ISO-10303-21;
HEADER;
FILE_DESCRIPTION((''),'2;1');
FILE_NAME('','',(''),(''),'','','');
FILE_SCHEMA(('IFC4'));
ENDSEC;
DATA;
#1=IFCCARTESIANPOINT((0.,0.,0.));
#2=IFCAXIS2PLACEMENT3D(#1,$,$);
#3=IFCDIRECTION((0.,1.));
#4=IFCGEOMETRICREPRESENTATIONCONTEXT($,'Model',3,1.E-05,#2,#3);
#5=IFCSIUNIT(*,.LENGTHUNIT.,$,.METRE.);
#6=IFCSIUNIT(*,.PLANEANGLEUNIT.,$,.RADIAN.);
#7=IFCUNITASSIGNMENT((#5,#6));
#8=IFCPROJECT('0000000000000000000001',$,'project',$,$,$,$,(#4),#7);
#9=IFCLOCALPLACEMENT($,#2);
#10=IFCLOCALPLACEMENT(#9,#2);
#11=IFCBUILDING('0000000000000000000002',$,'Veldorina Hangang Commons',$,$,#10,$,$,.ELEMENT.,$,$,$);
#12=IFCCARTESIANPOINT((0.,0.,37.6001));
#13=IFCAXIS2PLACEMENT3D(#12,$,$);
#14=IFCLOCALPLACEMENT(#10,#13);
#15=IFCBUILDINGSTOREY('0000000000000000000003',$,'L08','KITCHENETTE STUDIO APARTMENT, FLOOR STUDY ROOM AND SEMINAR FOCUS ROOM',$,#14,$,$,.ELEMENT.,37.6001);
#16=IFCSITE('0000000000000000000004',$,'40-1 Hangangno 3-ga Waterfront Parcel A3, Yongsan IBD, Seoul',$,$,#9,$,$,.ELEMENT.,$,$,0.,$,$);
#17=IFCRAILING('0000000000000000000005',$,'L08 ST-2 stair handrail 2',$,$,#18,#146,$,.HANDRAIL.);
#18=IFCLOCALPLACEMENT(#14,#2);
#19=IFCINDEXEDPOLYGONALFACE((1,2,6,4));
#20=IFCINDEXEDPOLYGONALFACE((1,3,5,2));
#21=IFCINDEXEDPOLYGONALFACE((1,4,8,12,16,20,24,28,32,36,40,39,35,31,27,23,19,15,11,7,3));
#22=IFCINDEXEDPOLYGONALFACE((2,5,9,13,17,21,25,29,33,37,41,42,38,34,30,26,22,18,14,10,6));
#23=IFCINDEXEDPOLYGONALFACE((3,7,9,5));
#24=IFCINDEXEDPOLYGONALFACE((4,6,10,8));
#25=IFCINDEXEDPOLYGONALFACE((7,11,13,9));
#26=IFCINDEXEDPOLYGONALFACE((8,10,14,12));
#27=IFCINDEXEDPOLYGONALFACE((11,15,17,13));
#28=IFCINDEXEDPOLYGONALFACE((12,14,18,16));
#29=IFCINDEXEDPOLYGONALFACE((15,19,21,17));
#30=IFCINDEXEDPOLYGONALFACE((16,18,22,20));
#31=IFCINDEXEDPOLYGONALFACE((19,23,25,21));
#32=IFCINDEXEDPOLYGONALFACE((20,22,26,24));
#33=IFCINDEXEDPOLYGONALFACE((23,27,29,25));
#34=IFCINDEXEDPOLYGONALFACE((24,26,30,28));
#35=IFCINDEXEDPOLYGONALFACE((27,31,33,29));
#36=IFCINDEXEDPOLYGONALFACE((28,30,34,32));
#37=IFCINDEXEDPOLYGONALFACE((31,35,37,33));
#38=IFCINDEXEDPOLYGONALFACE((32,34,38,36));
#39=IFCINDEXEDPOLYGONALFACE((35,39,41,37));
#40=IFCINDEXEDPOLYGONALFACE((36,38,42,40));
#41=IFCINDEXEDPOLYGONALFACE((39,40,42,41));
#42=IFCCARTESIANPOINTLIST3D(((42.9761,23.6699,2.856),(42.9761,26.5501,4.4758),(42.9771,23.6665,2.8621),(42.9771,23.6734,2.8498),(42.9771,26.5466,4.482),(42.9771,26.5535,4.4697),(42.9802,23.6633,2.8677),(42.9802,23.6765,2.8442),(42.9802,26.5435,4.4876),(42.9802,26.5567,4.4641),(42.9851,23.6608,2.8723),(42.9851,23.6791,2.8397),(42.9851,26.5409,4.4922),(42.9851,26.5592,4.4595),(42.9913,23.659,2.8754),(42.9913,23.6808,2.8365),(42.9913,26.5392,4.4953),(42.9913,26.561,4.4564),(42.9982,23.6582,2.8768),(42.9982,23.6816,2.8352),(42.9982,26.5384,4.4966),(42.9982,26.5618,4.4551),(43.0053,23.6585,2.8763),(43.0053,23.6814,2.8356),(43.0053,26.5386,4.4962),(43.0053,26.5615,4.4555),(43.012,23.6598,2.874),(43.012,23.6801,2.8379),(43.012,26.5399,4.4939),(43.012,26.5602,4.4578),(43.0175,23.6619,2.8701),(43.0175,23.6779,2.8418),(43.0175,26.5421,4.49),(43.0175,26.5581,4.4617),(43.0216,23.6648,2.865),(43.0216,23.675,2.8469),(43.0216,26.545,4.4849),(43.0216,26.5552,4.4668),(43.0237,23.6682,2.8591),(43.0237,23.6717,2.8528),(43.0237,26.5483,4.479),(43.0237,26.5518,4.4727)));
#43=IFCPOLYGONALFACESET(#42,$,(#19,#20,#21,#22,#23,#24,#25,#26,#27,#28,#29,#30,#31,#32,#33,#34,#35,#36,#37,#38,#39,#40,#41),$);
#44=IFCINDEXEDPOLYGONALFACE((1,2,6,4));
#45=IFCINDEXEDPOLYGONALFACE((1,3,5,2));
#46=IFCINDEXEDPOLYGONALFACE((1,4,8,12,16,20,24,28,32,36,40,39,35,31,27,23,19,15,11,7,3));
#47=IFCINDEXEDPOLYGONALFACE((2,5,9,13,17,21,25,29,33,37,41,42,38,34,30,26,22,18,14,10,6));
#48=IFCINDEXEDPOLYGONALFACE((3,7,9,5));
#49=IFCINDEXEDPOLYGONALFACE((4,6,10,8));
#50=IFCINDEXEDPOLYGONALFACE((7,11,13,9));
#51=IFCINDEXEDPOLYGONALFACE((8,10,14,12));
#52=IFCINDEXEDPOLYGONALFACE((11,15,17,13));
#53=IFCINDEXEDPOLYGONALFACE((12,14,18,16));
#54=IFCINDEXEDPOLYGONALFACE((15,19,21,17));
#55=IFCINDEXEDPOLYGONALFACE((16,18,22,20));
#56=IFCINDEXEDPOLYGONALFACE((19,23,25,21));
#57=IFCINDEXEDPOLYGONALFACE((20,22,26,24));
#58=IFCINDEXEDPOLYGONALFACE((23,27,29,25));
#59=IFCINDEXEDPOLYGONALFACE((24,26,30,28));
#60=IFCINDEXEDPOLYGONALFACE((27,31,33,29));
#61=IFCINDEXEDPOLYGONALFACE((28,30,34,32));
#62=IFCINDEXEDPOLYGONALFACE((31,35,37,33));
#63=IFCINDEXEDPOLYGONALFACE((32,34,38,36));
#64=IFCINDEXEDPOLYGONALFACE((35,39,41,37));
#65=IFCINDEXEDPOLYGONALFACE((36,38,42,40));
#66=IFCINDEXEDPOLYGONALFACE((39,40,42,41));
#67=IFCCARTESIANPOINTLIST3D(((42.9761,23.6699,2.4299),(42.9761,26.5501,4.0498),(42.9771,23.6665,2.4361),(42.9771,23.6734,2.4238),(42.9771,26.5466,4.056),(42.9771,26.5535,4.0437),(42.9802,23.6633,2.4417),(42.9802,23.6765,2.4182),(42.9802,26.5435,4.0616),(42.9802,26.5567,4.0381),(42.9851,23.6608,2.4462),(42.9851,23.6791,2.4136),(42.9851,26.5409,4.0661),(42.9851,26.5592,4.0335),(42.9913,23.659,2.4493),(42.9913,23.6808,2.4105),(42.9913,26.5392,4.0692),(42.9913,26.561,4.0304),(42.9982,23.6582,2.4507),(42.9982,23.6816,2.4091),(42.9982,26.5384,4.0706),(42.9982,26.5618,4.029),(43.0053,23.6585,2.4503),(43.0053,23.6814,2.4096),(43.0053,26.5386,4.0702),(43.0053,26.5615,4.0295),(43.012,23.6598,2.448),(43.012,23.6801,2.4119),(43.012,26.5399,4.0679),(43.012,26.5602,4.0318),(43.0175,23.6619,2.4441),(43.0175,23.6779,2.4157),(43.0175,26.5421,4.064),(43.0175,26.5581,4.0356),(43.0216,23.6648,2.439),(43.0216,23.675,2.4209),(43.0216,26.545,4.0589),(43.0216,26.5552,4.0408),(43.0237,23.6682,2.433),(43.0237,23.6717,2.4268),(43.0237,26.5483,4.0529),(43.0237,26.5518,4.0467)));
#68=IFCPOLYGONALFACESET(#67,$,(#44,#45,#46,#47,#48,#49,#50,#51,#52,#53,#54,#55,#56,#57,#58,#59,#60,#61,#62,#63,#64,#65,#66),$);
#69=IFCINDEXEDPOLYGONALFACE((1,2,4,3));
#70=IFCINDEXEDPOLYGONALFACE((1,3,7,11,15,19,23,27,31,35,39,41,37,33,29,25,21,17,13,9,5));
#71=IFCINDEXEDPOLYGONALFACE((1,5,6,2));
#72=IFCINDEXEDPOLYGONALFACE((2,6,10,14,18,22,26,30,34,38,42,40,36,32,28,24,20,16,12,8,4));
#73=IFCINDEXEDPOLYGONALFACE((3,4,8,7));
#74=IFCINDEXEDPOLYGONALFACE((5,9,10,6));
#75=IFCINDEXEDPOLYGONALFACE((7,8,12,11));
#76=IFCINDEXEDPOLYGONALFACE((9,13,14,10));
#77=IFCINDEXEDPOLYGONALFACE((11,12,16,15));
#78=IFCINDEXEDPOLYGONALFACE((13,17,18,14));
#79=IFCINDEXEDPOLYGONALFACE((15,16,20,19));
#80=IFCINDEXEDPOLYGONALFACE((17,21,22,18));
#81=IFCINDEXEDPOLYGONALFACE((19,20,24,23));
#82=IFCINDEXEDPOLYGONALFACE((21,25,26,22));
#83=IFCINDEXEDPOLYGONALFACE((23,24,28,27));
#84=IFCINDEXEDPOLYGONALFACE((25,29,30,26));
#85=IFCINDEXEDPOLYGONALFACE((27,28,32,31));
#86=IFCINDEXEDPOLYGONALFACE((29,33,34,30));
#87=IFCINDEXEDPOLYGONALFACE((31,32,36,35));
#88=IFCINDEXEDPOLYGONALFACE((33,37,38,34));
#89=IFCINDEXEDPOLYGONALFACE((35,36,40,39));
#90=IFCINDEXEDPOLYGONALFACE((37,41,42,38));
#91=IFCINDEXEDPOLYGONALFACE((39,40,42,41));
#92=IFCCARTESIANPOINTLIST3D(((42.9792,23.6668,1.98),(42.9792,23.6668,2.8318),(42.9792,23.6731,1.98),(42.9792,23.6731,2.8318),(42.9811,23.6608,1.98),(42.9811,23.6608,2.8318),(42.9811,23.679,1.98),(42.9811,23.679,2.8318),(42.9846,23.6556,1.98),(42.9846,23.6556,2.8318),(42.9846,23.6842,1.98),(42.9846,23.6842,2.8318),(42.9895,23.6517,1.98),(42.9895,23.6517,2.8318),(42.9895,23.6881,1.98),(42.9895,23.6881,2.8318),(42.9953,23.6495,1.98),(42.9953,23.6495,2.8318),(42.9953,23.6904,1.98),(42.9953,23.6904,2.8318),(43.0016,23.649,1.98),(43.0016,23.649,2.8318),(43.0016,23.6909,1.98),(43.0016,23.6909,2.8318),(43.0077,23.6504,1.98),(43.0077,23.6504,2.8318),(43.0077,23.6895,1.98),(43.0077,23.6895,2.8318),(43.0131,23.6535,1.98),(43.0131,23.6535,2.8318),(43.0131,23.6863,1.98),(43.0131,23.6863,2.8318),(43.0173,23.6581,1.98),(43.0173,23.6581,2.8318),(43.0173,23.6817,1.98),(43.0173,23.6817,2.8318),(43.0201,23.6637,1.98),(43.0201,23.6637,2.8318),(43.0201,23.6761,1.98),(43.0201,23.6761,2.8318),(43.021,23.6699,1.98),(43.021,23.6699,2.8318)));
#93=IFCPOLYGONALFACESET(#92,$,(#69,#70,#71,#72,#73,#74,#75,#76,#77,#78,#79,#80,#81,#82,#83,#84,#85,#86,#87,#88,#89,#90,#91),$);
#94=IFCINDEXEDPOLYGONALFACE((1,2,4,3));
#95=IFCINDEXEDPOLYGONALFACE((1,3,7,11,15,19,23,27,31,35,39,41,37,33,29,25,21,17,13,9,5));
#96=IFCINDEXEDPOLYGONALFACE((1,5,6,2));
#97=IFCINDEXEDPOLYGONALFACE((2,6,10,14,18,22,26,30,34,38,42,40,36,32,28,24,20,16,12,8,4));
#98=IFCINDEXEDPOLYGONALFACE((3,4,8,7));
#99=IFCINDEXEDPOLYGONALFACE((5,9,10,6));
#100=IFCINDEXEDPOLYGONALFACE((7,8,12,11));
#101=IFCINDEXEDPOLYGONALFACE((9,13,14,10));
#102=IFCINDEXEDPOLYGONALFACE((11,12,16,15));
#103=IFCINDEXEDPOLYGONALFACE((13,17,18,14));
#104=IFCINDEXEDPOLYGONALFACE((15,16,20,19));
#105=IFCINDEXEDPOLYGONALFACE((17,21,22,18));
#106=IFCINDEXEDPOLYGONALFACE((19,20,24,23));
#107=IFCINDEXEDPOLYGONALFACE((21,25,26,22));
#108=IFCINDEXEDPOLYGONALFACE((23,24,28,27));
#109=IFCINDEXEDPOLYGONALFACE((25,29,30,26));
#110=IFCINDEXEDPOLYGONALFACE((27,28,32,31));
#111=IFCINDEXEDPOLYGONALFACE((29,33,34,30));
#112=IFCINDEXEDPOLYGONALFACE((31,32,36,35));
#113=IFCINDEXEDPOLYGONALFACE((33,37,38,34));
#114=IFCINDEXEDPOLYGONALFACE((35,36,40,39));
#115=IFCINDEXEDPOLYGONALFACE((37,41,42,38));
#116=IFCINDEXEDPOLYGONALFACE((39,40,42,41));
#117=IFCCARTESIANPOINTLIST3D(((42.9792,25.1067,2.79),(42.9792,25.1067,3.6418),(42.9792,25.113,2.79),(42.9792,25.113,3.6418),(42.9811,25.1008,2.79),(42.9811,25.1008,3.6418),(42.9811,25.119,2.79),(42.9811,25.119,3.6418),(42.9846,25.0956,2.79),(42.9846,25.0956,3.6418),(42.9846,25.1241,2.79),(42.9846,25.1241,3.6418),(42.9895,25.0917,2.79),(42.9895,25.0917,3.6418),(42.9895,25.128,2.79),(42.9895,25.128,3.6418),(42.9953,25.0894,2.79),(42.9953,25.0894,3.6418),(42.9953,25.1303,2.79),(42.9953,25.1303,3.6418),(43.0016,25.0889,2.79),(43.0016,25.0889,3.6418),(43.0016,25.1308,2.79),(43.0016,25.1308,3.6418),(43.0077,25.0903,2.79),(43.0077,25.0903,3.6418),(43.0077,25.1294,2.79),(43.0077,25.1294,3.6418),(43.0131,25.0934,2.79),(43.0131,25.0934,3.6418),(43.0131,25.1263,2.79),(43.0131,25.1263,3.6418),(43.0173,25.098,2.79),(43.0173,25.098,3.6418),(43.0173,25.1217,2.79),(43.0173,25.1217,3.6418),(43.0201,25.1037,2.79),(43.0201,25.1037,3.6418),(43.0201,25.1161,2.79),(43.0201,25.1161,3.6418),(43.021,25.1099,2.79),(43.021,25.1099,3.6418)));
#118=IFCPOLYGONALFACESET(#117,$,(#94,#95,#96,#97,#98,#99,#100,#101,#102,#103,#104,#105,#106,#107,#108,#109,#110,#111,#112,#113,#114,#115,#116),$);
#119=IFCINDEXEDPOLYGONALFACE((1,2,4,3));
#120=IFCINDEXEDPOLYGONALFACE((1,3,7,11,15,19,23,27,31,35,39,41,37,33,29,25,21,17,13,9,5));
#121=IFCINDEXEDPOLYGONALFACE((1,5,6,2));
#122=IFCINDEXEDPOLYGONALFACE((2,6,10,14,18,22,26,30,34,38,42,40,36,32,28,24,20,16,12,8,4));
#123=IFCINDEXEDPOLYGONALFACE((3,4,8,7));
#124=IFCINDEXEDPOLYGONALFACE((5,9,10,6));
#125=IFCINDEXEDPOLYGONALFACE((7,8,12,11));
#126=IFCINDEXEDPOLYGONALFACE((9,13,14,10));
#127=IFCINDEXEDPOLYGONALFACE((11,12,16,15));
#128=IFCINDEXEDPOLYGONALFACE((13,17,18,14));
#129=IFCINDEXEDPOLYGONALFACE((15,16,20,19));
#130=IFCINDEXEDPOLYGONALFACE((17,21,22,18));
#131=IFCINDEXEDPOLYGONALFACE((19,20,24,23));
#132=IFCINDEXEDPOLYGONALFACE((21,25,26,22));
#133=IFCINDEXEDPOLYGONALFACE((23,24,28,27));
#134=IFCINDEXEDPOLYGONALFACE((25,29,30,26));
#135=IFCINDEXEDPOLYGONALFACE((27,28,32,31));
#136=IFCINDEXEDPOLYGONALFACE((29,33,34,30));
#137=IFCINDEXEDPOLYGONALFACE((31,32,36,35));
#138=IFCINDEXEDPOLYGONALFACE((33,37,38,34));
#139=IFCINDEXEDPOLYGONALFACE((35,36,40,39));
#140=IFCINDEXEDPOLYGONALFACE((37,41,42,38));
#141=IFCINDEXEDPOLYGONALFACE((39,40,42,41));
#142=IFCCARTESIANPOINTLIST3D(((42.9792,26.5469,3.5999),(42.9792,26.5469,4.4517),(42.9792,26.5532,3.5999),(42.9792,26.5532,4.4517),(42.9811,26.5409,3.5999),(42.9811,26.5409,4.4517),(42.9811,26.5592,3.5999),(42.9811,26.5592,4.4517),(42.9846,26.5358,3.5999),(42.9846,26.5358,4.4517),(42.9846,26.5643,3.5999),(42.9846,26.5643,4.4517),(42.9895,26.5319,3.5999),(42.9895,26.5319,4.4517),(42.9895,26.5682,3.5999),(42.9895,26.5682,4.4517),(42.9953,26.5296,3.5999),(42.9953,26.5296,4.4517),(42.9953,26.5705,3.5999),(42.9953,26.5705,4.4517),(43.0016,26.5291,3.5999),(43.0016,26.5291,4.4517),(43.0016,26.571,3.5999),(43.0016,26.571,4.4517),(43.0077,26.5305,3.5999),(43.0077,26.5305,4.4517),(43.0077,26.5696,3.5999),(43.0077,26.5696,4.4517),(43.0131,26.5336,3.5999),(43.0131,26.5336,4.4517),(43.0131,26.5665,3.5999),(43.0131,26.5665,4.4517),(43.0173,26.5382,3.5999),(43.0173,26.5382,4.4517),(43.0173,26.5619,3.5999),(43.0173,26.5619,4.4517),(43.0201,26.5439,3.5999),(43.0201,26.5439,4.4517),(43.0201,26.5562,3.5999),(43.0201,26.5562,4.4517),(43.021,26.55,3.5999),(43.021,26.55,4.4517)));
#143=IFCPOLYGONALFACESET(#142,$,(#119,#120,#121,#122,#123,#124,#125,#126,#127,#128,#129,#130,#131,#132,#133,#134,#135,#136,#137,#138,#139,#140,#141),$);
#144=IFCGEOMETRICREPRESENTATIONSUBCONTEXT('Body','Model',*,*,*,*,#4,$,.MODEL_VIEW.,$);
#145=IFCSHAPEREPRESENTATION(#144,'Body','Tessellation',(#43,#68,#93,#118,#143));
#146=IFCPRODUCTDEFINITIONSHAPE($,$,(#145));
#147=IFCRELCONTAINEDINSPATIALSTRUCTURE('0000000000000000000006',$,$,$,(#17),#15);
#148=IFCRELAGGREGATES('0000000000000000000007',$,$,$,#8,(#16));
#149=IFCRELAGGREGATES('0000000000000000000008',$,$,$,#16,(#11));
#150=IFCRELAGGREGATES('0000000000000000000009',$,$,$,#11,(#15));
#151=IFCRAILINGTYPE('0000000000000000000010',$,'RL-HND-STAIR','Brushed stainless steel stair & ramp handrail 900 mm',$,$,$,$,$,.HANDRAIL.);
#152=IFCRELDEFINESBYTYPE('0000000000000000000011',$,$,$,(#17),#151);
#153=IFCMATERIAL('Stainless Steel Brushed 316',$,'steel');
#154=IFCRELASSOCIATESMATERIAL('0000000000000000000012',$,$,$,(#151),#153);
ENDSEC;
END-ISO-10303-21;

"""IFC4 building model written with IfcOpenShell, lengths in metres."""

from ifc_helpers import new_model, si_unit, direction, frame, origin, origin_2d, place, context, subcontext, project, spatial, circle, extrude, material, type_object, element, save


model = new_model("IFC4")

# Units and contexts
model_context = context("Model", 3, precision=1e-05, world=origin(), true_north=direction((0.0, 1.0)))
body_context = subcontext(model_context, "Body", "Model", "MODEL_VIEW")
ifc_project = project(units=[si_unit("LENGTHUNIT", "METRE"), si_unit("PLANEANGLEUNIT", "RADIAN")], contexts=[model_context])

# Site, building, storey
site_placement = place(None, origin())
site = spatial("IfcSite", under=ifc_project, at=site_placement, Name="40-1 Hangangno 3-ga Waterfront Parcel A3, Yongsan IBD, Seoul", CompositionType="ELEMENT", RefElevation=0.0)
building_placement = place(site_placement, origin())
building = spatial("IfcBuilding", under=site, at=building_placement, Name="Veldorina Hangang Commons", CompositionType="ELEMENT")
storey_placement = place(building_placement, frame((0.0, 0.0, 37.6001)))
storey = spatial("IfcBuildingStorey", under=building, at=storey_placement, Name="L08", Description="KITCHENETTE STUDIO APARTMENT, FLOOR STUDY ROOM AND SEMINAR FOCUS ROOM", CompositionType="ELEMENT", Elevation=37.6001)

# Railing
ifc_material_1 = material(Name="Stainless Steel Brushed 316", Category="steel")
railing_type_1 = type_object("IfcRailingType", Name="RL-HND-STAIR", Description="Brushed stainless steel stair & ramp handrail 900 mm", PredefinedType="HANDRAIL", material=ifc_material_1)
railing_1_placement = place(storey_placement, frame((43.0, 23.6699, 1.98)))
element("IfcRailing", 1, at=railing_1_placement, inside=storey, type_object=railing_type_1, Name="L08 ST-2 stair handrail 2", PredefinedType="HANDRAIL", context=body_context, shape_type="SweptSolid", body=[
    extrude(circle(Radius=0.0239, at=origin_2d()), frame((0.0, 0.0, 0.876), z_axis=(0.0, 0.871601, 0.490216), x_axis=(-1.0, 0.0, 0.0)), (0.0, 0.0, 1.0), 3.3044),
    extrude(circle(Radius=0.0239, at=origin_2d()), frame((0.0, 0.0, 0.45), z_axis=(0.0, 0.871601, 0.490216), x_axis=(-1.0, 0.0, 0.0)), (0.0, 0.0, 1.0), 3.3044),
    extrude(circle(Radius=0.021, at=origin_2d()), origin(), (0.0, 0.0, 1.0), 0.8518),
    extrude(circle(Radius=0.021, at=origin_2d()), frame((0.0, 1.4399, 0.8101)), (0.0, 0.0, 1.0), 0.8518),
    extrude(circle(Radius=0.021, at=origin_2d()), frame((0.0, 2.8801, 1.6199)), (0.0, 0.0, 1.0), 0.8518),
])

save(model, "model.ifc")
